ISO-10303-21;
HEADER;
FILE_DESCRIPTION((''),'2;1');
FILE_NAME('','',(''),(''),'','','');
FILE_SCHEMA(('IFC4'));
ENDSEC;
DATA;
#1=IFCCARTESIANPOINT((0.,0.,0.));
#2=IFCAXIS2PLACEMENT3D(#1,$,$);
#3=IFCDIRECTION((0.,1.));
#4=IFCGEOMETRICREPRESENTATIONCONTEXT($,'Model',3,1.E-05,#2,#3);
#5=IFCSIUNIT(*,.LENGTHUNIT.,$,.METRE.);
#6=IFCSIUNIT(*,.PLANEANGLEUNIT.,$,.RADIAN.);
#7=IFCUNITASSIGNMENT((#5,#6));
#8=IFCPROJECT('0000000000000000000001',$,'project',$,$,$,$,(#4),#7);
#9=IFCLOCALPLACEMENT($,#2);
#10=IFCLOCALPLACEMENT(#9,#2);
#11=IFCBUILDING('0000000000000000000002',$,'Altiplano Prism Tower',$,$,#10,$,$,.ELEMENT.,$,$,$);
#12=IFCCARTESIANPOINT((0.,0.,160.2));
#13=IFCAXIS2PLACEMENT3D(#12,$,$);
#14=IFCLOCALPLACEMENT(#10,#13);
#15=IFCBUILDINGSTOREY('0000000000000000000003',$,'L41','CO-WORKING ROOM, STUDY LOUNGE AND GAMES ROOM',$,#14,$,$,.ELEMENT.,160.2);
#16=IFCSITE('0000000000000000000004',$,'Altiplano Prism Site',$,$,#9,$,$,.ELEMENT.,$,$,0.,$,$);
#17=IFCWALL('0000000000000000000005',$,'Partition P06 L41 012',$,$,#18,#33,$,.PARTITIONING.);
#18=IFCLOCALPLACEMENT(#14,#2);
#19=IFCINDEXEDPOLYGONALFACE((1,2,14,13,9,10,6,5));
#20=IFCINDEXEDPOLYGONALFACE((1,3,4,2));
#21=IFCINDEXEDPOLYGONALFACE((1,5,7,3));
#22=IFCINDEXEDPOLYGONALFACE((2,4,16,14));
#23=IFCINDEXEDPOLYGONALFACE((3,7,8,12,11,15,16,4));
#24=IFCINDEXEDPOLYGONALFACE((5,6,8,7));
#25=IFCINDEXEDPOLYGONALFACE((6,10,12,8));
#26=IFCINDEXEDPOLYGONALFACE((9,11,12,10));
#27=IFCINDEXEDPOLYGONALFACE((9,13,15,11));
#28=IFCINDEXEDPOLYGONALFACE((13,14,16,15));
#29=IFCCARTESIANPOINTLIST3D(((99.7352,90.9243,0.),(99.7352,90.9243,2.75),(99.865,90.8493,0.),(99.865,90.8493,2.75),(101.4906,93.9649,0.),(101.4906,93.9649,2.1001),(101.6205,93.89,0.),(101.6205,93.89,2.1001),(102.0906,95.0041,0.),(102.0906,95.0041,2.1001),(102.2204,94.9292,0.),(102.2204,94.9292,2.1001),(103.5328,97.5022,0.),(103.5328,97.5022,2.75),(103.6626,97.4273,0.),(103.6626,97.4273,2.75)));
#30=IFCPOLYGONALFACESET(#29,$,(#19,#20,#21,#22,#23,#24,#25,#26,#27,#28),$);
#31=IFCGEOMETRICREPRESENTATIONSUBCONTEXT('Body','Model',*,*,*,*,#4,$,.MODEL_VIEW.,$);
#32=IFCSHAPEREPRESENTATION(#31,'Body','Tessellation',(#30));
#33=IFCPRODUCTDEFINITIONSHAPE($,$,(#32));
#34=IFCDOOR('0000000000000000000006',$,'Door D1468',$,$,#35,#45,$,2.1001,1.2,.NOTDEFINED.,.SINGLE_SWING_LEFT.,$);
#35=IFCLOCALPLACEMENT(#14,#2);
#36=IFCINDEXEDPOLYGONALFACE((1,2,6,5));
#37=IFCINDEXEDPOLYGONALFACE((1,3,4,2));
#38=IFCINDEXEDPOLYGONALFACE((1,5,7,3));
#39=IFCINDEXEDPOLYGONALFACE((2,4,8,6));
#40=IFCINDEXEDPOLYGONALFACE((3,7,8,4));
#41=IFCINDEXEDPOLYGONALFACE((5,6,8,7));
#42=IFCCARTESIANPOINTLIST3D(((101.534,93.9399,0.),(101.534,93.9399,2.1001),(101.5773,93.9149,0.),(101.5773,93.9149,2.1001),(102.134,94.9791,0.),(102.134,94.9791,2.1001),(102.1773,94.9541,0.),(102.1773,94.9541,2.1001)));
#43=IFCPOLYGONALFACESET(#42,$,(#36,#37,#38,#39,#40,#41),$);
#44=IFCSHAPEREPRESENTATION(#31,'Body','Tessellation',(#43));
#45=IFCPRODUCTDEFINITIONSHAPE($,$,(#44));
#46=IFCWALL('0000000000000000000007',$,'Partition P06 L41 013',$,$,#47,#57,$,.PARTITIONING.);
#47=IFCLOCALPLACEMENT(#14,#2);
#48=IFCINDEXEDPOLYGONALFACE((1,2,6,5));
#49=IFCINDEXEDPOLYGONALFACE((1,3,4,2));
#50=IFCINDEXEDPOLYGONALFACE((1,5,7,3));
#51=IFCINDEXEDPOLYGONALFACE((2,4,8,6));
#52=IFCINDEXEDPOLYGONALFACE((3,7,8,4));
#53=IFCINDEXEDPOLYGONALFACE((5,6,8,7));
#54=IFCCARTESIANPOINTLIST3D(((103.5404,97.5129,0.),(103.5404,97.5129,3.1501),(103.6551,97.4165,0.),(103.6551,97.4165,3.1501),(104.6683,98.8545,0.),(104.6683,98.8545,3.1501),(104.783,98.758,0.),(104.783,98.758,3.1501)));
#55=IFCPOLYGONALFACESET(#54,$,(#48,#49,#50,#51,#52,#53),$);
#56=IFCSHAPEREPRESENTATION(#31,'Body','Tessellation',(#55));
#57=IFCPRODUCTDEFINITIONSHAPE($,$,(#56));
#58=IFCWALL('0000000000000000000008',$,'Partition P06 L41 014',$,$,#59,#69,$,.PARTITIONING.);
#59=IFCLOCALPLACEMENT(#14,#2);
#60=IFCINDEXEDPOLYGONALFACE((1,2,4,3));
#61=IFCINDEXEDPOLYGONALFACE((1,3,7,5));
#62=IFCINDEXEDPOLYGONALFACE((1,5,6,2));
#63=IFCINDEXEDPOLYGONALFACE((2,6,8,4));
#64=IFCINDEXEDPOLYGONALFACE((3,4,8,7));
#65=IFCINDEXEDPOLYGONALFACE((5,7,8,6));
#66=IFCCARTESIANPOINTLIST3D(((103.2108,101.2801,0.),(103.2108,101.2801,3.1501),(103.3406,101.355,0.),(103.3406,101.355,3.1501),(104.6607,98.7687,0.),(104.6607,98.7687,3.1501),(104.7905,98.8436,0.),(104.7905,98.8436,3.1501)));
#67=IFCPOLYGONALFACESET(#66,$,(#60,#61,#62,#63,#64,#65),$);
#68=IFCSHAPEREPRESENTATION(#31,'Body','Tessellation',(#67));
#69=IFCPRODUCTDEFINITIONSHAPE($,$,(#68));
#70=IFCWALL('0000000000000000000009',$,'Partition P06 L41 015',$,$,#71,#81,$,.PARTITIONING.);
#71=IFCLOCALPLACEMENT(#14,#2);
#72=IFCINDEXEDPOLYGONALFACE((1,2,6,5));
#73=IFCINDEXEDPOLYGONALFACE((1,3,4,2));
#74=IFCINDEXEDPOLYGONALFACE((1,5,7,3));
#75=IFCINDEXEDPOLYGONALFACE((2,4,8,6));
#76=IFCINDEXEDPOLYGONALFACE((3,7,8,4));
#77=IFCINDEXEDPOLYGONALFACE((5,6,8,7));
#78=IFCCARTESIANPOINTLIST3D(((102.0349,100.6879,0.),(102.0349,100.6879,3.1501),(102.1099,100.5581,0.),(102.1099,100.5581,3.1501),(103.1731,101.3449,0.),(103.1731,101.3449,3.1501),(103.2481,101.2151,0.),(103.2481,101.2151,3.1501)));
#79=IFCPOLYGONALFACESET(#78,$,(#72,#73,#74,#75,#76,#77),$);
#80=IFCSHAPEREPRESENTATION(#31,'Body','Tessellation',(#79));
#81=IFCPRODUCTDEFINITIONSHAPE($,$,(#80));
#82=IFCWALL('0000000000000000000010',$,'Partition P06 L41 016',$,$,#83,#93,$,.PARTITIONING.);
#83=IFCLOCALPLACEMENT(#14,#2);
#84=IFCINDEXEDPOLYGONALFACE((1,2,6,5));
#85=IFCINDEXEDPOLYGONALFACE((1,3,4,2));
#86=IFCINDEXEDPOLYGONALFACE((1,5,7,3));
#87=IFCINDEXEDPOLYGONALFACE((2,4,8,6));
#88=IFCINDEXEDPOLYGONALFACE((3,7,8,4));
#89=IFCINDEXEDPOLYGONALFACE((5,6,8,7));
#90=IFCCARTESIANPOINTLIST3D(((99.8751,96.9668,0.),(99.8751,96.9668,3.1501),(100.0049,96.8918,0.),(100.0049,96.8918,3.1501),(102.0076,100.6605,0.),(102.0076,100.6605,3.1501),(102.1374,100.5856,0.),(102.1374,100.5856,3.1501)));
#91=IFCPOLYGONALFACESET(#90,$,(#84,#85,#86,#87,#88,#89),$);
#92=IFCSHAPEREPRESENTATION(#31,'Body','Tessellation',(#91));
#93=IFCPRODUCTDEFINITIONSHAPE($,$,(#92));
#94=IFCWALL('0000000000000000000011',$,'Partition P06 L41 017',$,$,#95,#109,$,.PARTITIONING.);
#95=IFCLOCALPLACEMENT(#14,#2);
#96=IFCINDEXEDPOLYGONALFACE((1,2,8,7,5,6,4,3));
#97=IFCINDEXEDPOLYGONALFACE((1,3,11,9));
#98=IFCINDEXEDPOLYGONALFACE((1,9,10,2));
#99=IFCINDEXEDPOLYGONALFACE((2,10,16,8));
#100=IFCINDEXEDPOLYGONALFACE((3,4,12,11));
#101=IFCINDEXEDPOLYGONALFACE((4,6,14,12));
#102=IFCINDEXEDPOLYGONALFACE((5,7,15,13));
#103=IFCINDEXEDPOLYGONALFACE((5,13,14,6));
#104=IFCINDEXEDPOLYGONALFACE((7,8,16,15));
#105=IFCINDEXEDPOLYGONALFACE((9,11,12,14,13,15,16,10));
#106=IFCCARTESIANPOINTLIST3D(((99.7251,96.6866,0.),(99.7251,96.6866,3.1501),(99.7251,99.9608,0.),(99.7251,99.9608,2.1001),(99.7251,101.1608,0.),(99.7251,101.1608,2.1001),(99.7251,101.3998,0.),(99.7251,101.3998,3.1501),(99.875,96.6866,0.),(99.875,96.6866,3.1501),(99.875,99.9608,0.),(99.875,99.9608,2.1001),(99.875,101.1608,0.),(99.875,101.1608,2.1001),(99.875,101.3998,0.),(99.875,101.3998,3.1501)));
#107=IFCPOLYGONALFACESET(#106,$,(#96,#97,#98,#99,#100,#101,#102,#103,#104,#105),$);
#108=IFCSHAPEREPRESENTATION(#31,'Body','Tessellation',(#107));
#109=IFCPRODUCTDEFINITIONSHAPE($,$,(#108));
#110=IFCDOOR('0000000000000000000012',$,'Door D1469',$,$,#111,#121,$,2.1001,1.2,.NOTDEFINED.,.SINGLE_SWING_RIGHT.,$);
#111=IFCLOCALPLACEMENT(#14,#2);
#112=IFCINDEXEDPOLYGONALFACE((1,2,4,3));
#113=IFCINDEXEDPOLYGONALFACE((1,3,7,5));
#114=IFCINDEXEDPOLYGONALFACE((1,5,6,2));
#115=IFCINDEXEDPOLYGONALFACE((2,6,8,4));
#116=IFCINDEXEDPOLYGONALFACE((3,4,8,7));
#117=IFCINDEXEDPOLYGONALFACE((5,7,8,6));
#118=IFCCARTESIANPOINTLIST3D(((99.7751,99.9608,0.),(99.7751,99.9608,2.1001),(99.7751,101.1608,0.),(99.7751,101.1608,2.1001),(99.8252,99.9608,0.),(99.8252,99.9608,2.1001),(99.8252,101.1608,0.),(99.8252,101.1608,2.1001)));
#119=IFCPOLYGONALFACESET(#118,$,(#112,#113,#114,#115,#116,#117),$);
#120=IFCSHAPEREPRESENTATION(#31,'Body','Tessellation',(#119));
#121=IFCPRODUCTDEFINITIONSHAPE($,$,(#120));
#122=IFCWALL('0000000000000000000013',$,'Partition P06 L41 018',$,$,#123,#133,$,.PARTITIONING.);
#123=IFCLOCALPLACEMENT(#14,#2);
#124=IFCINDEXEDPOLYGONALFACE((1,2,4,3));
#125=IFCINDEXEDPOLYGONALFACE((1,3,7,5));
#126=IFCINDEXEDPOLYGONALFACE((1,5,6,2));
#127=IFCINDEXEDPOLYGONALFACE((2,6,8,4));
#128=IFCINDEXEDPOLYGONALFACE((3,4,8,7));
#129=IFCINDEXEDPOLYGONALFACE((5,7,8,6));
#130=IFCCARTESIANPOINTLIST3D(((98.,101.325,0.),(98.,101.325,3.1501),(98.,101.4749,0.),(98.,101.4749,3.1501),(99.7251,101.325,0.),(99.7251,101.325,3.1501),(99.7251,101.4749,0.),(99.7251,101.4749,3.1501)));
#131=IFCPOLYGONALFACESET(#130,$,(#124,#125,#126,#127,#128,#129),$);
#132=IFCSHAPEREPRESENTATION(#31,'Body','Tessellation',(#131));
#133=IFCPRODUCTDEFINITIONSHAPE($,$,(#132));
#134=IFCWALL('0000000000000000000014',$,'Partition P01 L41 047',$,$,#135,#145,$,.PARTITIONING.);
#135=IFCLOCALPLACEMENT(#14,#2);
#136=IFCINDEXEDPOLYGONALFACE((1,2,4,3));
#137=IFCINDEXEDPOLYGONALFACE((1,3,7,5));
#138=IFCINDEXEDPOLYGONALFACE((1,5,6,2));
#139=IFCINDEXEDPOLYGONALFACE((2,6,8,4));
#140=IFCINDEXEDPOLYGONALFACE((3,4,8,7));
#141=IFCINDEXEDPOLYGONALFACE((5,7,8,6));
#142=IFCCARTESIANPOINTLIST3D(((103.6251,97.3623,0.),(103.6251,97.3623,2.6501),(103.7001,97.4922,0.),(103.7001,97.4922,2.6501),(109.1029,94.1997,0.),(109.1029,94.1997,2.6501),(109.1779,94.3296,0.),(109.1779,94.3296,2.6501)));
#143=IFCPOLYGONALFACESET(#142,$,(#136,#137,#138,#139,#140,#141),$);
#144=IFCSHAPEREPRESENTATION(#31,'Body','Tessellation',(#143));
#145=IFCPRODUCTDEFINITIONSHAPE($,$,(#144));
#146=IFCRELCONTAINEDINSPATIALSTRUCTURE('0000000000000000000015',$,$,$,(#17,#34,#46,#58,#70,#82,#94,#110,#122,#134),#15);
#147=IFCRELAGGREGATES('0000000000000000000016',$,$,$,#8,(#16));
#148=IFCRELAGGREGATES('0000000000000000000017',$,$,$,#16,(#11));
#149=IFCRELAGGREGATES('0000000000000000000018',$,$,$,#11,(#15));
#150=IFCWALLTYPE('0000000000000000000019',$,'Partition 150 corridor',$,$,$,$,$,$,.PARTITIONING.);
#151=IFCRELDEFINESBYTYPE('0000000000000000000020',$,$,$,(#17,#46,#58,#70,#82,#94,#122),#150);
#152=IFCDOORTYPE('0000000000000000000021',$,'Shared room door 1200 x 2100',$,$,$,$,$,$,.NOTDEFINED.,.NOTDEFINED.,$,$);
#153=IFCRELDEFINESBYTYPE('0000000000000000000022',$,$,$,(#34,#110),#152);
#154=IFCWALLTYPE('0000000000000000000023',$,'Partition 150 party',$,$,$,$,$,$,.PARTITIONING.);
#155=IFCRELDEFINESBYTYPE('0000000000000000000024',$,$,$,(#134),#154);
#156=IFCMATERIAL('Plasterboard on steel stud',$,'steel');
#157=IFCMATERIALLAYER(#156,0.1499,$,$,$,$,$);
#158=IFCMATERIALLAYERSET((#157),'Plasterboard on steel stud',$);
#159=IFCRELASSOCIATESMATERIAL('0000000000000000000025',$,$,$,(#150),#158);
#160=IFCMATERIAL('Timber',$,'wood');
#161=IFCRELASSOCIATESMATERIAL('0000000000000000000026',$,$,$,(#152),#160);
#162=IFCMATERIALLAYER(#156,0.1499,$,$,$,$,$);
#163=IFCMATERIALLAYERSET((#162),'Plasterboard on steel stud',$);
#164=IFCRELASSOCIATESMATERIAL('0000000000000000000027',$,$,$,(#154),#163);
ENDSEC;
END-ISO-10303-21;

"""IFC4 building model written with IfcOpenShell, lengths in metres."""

from ifc_helpers import new_model, si_unit, direction, frame, frame_2d, origin, place, context, subcontext, project, spatial, rectangle, extrude, material, layer, layer_set, type_object, element, fill, save


model = new_model("IFC4")

# Units and contexts
model_context = context("Model", 3, precision=1e-05, world=origin(), true_north=direction((0.0, 1.0)))
body_context = subcontext(model_context, "Body", "Model", "MODEL_VIEW")
ifc_project = project(units=[si_unit("LENGTHUNIT", "METRE"), si_unit("PLANEANGLEUNIT", "RADIAN")], contexts=[model_context])

# Site, building, storey
site_placement = place(None, origin())
site = spatial("IfcSite", under=ifc_project, at=site_placement, Name="Altiplano Prism Site", CompositionType="ELEMENT", RefElevation=0.0)
building_placement = place(site_placement, origin())
building = spatial("IfcBuilding", under=site, at=building_placement, Name="Altiplano Prism Tower", CompositionType="ELEMENT")
storey_placement = place(building_placement, frame((0.0, 0.0, 160.2)))
storey = spatial("IfcBuildingStorey", under=building, at=storey_placement, Name="L41", Description="CO-WORKING ROOM, STUDY LOUNGE AND GAMES ROOM", CompositionType="ELEMENT", Elevation=160.2)

# Shared definitions
ifc_material_1 = material(Name="Plasterboard on steel stud", Category="steel")
ifc_layer_1 = layer(ifc_material_1, 0.1499)
ifc_layer_set_1 = layer_set([ifc_layer_1], Name="Plasterboard on steel stud")
wall_type_1 = type_object("IfcWallType", Name="Partition 150 corridor", PredefinedType="PARTITIONING", material=ifc_layer_set_1)

# Wall, opening, door
wall_1_placement = place(storey_placement, frame((99.8, 90.8867, 0.0), z_axis=(0.0, 0.0, 1.0), x_axis=(0.499987, 0.866033, 0.0)))
wall_1 = element("IfcWall", 1, at=wall_1_placement, inside=storey, type_object=wall_type_1, Name="Partition P06 L41 012", PredefinedType="PARTITIONING", context=body_context, shape_type="SweptSolid", body=[
    extrude(rectangle(XDim=7.5955, YDim=0.1499, at=frame_2d((3.7979, 0.0))), origin(), (0.0, 0.0, 1.0), 2.75),
])
opening_1_placement = place(wall_1_placement, frame((3.511, 0.0, 0.0)))
opening_1 = element("IfcOpeningElement", 2, at=opening_1_placement, cuts=wall_1, PredefinedType="OPENING", context=body_context, shape_type="SweptSolid", body=[
    extrude(rectangle(XDim=1.2, YDim=2.1001, at=frame_2d((0.6001, 1.05))), frame((0.0, 0.0854, 0.0), z_axis=(0.0, -1.0, 0.0), x_axis=(1.0, 0.0, 0.0)), (0.0, 0.0, 1.0), 0.1709),
])
ifc_material_2 = material(Name="Timber", Category="wood")
door_type = type_object("IfcDoorType", Name="Shared room door 1200 x 2100", OperationType="NOTDEFINED", PredefinedType="NOTDEFINED", material=ifc_material_2)
door_1_placement = place(opening_1_placement, origin())
door_1 = element("IfcDoor", 3, at=door_1_placement, inside=storey, type_object=door_type, Name="Door D1468", OperationType="SINGLE_SWING_LEFT", OverallHeight=2.1001, OverallWidth=1.2, PredefinedType="NOTDEFINED", context=body_context, shape_type="SweptSolid", body=[
    extrude(rectangle(XDim=1.2, YDim=2.1001, at=frame_2d((0.6001, 1.05))), frame((0.0, 0.0249, 0.0), z_axis=(0.0, -1.0, 0.0), x_axis=(1.0, 0.0, 0.0)), (0.0, 0.0, 1.0), 0.05),
])
fill(opening_1, door_1)

# Walls
wall_2_placement = place(storey_placement, frame((103.5977, 97.4646, 0.0), z_axis=(0.0, 0.0, 1.0), x_axis=(0.643535, 0.765417, 0.0)))
element("IfcWall", 4, at=wall_2_placement, inside=storey, type_object=wall_type_1, Name="Partition P06 L41 013", PredefinedType="PARTITIONING", context=body_context, shape_type="SweptSolid", body=[
    extrude(rectangle(XDim=1.7527, YDim=0.1499, at=frame_2d((0.8765, 0.0))), origin(), (0.0, 0.0, 1.0), 3.1501),
])
wall_3_placement = place(storey_placement, frame((104.7256, 98.8062, 0.0), z_axis=(0.0, 0.0, 1.0), x_axis=(-0.499987, 0.866033, 0.0)))
element("IfcWall", 5, at=wall_3_placement, inside=storey, type_object=wall_type_1, Name="Partition P06 L41 014", PredefinedType="PARTITIONING", context=body_context, shape_type="SweptSolid", body=[
    extrude(rectangle(XDim=2.8999, YDim=0.1499, at=frame_2d((1.45, 0.0))), origin(), (0.0, 0.0, 1.0), 3.1501),
])
wall_4_placement = place(storey_placement, frame((103.2107, 101.28, 0.0), z_axis=(0.0, 0.0, 1.0), x_axis=(-0.866074, -0.499915, 0.0)))
element("IfcWall", 6, at=wall_4_placement, inside=storey, type_object=wall_type_1, Name="Partition P06 L41 015", PredefinedType="PARTITIONING", context=body_context, shape_type="SweptSolid", body=[
    extrude(rectangle(XDim=1.3142, YDim=0.1499, at=frame_2d((0.6572, 0.0))), origin(), (0.0, 0.0, 1.0), 3.1501),
])
wall_5_placement = place(storey_placement, frame((102.0725, 100.623, 0.0), z_axis=(0.0, 0.0, 1.0), x_axis=(-0.499987, -0.866033, 0.0)))
element("IfcWall", 7, at=wall_5_placement, inside=storey, type_object=wall_type_1, Name="Partition P06 L41 016", PredefinedType="PARTITIONING", context=body_context, shape_type="SweptSolid", body=[
    extrude(rectangle(XDim=4.2651, YDim=0.1499, at=frame_2d((2.1326, 0.0))), origin(), (0.0, 0.0, 1.0), 3.1501),
])

# Wall, opening, door
wall_6_placement = place(storey_placement, frame((99.8, 96.6868, 0.0), z_axis=(0.0, 0.0, 1.0), x_axis=(0.0, 1.0, 0.0)))
wall_6 = element("IfcWall", 8, at=wall_6_placement, inside=storey, type_object=wall_type_1, Name="Partition P06 L41 017", PredefinedType="PARTITIONING", context=body_context, shape_type="SweptSolid", body=[
    extrude(rectangle(XDim=4.7131, YDim=0.1499, at=frame_2d((2.3564, 0.0))), origin(), (0.0, 0.0, 1.0), 3.1501),
])
opening_2_placement = place(wall_6_placement, frame((3.2739, 0.0, 0.0)))
opening_2 = element("IfcOpeningElement", 9, at=opening_2_placement, cuts=wall_6, PredefinedType="OPENING", context=body_context, shape_type="SweptSolid", body=[
    extrude(rectangle(XDim=1.2, YDim=2.1001, at=frame_2d((0.6001, 1.05))), frame((0.0, 0.0854, 0.0), z_axis=(0.0, -1.0, 0.0), x_axis=(1.0, 0.0, 0.0)), (0.0, 0.0, 1.0), 0.1709),
])
door_2_placement = place(opening_2_placement, origin())
door_2 = element("IfcDoor", 10, at=door_2_placement, inside=storey, type_object=door_type, Name="Door D1469", OperationType="SINGLE_SWING_RIGHT", OverallHeight=2.1001, OverallWidth=1.2, PredefinedType="NOTDEFINED", context=body_context, shape_type="SweptSolid", body=[
    extrude(rectangle(XDim=1.2, YDim=2.1001, at=frame_2d((0.6001, 1.05))), frame((0.0, 0.0249, 0.0), z_axis=(0.0, -1.0, 0.0), x_axis=(1.0, 0.0, 0.0)), (0.0, 0.0, 1.0), 0.05),
])
fill(opening_2, door_2)

# Walls
wall_7_placement = place(storey_placement, frame((99.7251, 101.3999, 0.0), z_axis=(0.0, 0.0, 1.0), x_axis=(-1.0, 0.0, 0.0)))
element("IfcWall", 11, at=wall_7_placement, inside=storey, type_object=wall_type_1, Name="Partition P06 L41 018", PredefinedType="PARTITIONING", context=body_context, shape_type="SweptSolid", body=[
    extrude(rectangle(XDim=1.7251, YDim=0.1499, at=frame_2d((0.8625, 0.0))), origin(), (0.0, 0.0, 1.0), 3.1501),
])
ifc_layer_2 = layer(ifc_material_1, 0.1499)
ifc_layer_set_2 = layer_set([ifc_layer_2], Name="Plasterboard on steel stud")
wall_type_2 = type_object("IfcWallType", Name="Partition 150 party", PredefinedType="PARTITIONING", material=ifc_layer_set_2)
wall_8_placement = place(storey_placement, frame((109.1404, 94.2646, 0.0), z_axis=(0.0, 0.0, 1.0), x_axis=(-0.866026, 0.5, 0.0)))
element("IfcWall", 12, at=wall_8_placement, inside=storey, type_object=wall_type_2, Name="Partition P01 L41 047", PredefinedType="PARTITIONING", context=body_context, shape_type="SweptSolid", body=[
    extrude(rectangle(XDim=6.3252, YDim=0.1499, at=frame_2d((3.1626, 0.0))), origin(), (0.0, 0.0, 1.0), 2.6501),
])

save(model, "model.ifc")
